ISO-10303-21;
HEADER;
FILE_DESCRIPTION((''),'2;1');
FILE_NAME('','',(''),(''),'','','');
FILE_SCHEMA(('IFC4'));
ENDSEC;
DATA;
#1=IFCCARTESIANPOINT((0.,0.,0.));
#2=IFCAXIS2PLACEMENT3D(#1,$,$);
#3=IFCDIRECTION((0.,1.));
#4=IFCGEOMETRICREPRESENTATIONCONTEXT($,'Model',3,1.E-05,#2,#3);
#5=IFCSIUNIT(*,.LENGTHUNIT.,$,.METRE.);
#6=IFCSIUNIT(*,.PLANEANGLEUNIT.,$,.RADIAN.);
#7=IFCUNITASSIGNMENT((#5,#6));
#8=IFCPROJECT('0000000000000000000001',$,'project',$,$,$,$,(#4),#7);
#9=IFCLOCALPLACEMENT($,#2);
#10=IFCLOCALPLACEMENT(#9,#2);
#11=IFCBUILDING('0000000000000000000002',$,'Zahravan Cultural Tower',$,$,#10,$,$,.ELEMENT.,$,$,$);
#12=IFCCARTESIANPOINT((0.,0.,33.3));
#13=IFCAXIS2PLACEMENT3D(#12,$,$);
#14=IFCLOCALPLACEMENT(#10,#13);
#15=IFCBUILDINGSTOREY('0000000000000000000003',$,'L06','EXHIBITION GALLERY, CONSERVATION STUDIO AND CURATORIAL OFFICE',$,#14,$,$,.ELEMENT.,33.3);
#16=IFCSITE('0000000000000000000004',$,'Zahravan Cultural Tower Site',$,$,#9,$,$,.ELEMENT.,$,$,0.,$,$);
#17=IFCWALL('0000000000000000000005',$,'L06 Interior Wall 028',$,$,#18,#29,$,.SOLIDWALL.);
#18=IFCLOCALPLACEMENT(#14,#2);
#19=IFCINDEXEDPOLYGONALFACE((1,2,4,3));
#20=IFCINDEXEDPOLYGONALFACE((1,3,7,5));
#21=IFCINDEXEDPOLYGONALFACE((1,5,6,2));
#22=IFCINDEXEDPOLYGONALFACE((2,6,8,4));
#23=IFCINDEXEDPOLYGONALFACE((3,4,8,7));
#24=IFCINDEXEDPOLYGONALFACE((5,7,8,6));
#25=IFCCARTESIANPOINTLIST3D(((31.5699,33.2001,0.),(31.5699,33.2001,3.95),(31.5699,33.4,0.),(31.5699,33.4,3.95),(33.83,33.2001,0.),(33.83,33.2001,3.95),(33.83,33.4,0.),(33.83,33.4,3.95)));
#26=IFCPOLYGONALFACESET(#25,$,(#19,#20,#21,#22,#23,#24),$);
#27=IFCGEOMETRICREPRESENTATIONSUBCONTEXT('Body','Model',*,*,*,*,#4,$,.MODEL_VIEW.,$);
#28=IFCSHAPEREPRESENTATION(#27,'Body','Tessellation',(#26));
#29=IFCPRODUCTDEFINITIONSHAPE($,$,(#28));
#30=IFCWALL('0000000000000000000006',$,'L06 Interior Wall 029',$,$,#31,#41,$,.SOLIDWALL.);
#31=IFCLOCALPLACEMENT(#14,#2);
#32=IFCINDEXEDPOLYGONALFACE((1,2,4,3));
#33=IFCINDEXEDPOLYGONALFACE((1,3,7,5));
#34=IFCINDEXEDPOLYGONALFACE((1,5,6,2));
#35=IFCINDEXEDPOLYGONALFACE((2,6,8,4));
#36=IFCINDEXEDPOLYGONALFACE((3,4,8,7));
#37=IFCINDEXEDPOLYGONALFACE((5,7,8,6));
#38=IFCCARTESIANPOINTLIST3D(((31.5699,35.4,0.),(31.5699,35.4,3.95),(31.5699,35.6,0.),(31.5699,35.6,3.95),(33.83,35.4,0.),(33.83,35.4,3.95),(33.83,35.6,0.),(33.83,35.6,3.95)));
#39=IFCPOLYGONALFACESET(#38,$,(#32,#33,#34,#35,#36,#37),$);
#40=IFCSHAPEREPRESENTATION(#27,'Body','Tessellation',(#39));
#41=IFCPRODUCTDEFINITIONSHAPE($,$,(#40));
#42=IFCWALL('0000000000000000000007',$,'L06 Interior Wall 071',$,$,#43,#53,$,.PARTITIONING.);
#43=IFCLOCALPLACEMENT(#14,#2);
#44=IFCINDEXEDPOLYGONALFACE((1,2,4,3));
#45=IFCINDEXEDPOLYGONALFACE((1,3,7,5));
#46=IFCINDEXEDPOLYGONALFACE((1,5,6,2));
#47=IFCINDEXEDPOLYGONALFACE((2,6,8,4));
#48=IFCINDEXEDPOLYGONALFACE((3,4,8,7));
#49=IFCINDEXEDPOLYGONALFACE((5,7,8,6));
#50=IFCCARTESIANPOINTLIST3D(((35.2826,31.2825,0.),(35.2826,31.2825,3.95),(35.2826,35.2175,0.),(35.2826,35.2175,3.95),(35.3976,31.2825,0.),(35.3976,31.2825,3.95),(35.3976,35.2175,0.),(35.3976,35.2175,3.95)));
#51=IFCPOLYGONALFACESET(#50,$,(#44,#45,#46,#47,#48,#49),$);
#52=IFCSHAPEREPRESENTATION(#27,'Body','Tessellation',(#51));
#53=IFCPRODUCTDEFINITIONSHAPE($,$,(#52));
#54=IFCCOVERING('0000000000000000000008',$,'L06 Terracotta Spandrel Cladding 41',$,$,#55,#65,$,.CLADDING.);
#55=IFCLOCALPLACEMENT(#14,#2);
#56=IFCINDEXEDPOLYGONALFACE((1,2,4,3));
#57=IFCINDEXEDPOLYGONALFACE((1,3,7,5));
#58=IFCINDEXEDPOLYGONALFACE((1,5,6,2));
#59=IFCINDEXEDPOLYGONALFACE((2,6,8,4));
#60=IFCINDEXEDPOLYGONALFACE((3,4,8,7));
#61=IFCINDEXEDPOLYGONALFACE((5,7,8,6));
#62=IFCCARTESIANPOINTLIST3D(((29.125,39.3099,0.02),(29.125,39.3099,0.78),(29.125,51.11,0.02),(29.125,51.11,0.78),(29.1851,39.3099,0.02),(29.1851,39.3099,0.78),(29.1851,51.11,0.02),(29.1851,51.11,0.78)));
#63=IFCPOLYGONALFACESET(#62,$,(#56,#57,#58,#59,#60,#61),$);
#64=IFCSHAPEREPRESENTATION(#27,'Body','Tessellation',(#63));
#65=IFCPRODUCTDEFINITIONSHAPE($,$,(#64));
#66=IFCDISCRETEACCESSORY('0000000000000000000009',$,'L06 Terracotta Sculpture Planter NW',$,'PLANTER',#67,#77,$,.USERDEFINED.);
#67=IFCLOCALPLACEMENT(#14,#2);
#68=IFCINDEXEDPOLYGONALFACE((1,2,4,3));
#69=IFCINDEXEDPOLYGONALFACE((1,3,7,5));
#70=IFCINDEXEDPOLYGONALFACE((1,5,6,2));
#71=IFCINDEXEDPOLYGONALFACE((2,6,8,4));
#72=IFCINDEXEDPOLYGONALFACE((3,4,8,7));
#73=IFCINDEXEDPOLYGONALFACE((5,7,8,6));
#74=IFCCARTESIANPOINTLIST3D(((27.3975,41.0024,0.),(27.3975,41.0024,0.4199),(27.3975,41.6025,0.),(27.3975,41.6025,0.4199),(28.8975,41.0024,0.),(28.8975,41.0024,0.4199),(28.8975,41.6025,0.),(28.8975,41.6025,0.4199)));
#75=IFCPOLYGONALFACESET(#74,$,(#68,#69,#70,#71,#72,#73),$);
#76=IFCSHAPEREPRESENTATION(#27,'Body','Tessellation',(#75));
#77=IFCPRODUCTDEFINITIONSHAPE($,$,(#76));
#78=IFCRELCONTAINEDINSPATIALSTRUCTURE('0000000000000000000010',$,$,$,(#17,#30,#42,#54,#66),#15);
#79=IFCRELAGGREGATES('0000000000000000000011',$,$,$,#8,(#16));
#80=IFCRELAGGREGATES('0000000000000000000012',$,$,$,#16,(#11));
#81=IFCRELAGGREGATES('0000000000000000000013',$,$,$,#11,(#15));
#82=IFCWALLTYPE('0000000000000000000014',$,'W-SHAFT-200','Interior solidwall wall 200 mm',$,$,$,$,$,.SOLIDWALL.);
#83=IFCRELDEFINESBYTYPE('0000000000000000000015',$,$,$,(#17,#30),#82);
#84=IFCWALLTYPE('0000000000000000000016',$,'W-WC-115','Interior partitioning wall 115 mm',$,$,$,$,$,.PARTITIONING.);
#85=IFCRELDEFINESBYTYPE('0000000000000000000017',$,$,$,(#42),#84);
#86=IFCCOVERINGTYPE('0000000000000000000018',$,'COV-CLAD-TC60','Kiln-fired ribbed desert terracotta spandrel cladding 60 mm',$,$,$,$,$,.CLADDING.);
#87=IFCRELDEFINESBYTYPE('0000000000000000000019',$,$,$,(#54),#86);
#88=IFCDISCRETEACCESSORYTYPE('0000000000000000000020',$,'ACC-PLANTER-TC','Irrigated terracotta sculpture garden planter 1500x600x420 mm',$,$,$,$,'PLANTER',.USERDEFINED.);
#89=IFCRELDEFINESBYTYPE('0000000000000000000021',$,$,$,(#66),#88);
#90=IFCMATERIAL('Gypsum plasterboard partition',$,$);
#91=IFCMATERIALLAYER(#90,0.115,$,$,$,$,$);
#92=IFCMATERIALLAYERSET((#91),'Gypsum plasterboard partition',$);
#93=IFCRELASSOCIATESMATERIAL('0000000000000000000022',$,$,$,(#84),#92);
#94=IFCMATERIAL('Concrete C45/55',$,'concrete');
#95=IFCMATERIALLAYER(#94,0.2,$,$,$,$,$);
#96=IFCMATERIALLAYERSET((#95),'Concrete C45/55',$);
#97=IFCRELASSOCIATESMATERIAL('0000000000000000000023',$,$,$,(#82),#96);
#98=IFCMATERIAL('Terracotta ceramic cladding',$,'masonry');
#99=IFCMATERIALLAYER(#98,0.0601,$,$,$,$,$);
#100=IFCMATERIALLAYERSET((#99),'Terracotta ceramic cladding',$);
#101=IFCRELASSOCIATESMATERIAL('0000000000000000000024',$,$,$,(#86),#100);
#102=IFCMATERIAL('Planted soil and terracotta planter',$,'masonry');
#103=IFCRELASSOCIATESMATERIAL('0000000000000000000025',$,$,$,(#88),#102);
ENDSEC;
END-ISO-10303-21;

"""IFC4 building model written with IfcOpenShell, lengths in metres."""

from ifc_helpers import new_model, si_unit, direction, frame, frame_2d, origin, origin_2d, place, context, subcontext, project, spatial, rectangle, extrude, source, transform, mapped, material, layer, layer_set, type_object, element, save


model = new_model("IFC4")

# Units and contexts
model_context = context("Model", 3, precision=1e-05, world=origin(), true_north=direction((0.0, 1.0)))
body_context = subcontext(model_context, "Body", "Model", "MODEL_VIEW")
ifc_project = project(units=[si_unit("LENGTHUNIT", "METRE"), si_unit("PLANEANGLEUNIT", "RADIAN")], contexts=[model_context])

# Site, building, storey
site_placement = place(None, origin())
site = spatial("IfcSite", under=ifc_project, at=site_placement, Name="Zahravan Cultural Tower Site", CompositionType="ELEMENT", RefElevation=0.0)
building_placement = place(site_placement, origin())
building = spatial("IfcBuilding", under=site, at=building_placement, Name="Zahravan Cultural Tower", CompositionType="ELEMENT")
storey_placement = place(building_placement, frame((0.0, 0.0, 33.3)))
storey = spatial("IfcBuildingStorey", under=building, at=storey_placement, Name="L06", Description="EXHIBITION GALLERY, CONSERVATION STUDIO AND CURATORIAL OFFICE", CompositionType="ELEMENT", Elevation=33.3)

# Shared definitions
ifc_material_1 = material(Name="Gypsum plasterboard partition")
ifc_layer_1 = layer(ifc_material_1, 0.115)
ifc_layer_set_1 = layer_set([ifc_layer_1], Name="Gypsum plasterboard partition")
wall_type_1 = type_object("IfcWallType", Name="W-WC-115", Description="Interior partitioning wall 115 mm", PredefinedType="PARTITIONING", material=ifc_layer_set_1)

# Walls
ifc_material_2 = material(Name="Concrete C45/55", Category="concrete")
ifc_layer_2 = layer(ifc_material_2, 0.2)
ifc_layer_set_2 = layer_set([ifc_layer_2], Name="Concrete C45/55")
wall_type_2 = type_object("IfcWallType", Name="W-SHAFT-200", Description="Interior solidwall wall 200 mm", PredefinedType="SOLIDWALL", material=ifc_layer_set_2)
shared_shape_1 = source(origin(), body_context, "Body", "SweptSolid", [
    extrude(rectangle(XDim=2.26, YDim=0.2, at=frame_2d((1.1299, 0.0))), origin(), (0.0, 0.0, 1.0), 3.95),
])
for number, where, z_axis, x_axis, name in (
    (1, (31.5701, 33.3, 0.0), (0.0, 0.0, 1.0), (1.0, 0.0, 0.0), "L06 Interior Wall 028"),
    (2, (31.5701, 35.5, 0.0), (0.0, 0.0, 1.0), (1.0, 0.0, 0.0), "L06 Interior Wall 029"),
):
    element("IfcWall", number, at=place(storey_placement, frame(where, z_axis=z_axis, x_axis=x_axis)), inside=storey, type_object=wall_type_2, Name=name, PredefinedType="SOLIDWALL", context=body_context, shape_type="MappedRepresentation", body=[
        mapped(shared_shape_1, transform((0.0, 0.0, 0.0), x_axis=(1.0, 0.0, 0.0), y_axis=(0.0, 1.0, 0.0), z_axis=(0.0, 0.0, 1.0), scale=1.0)),
    ])
shared_shape_2 = source(origin(), body_context, "Body", "SweptSolid", [
    extrude(rectangle(XDim=3.9351, YDim=0.115, at=frame_2d((1.9675, 0.0))), origin(), (0.0, 0.0, 1.0), 3.95),
])
wall_1_placement = place(storey_placement, frame((35.3401, 35.2175, 0.0), z_axis=(0.0, 0.0, 1.0), x_axis=(0.0, -1.0, 0.0)))
element("IfcWall", 3, at=wall_1_placement, inside=storey, type_object=wall_type_1, Name="L06 Interior Wall 071", PredefinedType="PARTITIONING", context=body_context, shape_type="MappedRepresentation", body=[
    mapped(shared_shape_2, transform((0.0, 0.0, 0.0), x_axis=(1.0, 0.0, 0.0), y_axis=(0.0, 1.0, 0.0), z_axis=(0.0, 0.0, 1.0), scale=1.0)),
])

# Covering
ifc_material_3 = material(Name="Terracotta ceramic cladding", Category="masonry")
ifc_layer_3 = layer(ifc_material_3, 0.0601)
ifc_layer_set_3 = layer_set([ifc_layer_3], Name="Terracotta ceramic cladding")
covering_type = type_object("IfcCoveringType", Name="COV-CLAD-TC60", Description="Kiln-fired ribbed desert terracotta spandrel cladding 60 mm", PredefinedType="CLADDING", material=ifc_layer_set_3)
shared_shape_3 = source(origin(), body_context, "Body", "SweptSolid", [
    extrude(rectangle(XDim=11.8, YDim=0.0601, at=origin_2d()), origin(), (0.0, 0.0, 1.0), 0.76),
])
covering_placement = place(storey_placement, frame((29.155, 45.21, 0.02), z_axis=(0.0, 0.0, 1.0), x_axis=(0.0, 1.0, 0.0)))
element("IfcCovering", 4, at=covering_placement, inside=storey, type_object=covering_type, Name="L06 Terracotta Spandrel Cladding 41", PredefinedType="CLADDING", context=body_context, shape_type="MappedRepresentation", body=[
    mapped(shared_shape_3, transform((0.0, 0.0, 0.0), x_axis=(1.0, 0.0, 0.0), y_axis=(0.0, 1.0, 0.0), z_axis=(0.0, 0.0, 1.0), scale=1.0)),
])

# Discrete accessory
ifc_material_4 = material(Name="Planted soil and terracotta planter", Category="masonry")
discrete_accessory_type = type_object("IfcDiscreteAccessoryType", Name="ACC-PLANTER-TC", Description="Irrigated terracotta sculpture garden planter 1500x600x420 mm", ElementType="PLANTER", PredefinedType="USERDEFINED", material=ifc_material_4)
shared_shape_4 = source(origin(), body_context, "Body", "SweptSolid", [
    extrude(rectangle(XDim=1.5, YDim=0.6001, at=origin_2d()), origin(), (0.0, 0.0, 1.0), 0.4199),
])
discrete_accessory_placement = place(storey_placement, frame((28.1475, 41.3025, 0.0), z_axis=(0.0, 0.0, 1.0), x_axis=(1.0, 0.0, 0.0)))
element("IfcDiscreteAccessory", 5, at=discrete_accessory_placement, inside=storey, type_object=discrete_accessory_type, Name="L06 Terracotta Sculpture Planter NW", ObjectType="PLANTER", PredefinedType="USERDEFINED", context=body_context, shape_type="MappedRepresentation", body=[
    mapped(shared_shape_4, transform((0.0, 0.0, 0.0), x_axis=(1.0, 0.0, 0.0), y_axis=(0.0, 1.0, 0.0), z_axis=(0.0, 0.0, 1.0), scale=1.0)),
])

save(model, "model.ifc")
